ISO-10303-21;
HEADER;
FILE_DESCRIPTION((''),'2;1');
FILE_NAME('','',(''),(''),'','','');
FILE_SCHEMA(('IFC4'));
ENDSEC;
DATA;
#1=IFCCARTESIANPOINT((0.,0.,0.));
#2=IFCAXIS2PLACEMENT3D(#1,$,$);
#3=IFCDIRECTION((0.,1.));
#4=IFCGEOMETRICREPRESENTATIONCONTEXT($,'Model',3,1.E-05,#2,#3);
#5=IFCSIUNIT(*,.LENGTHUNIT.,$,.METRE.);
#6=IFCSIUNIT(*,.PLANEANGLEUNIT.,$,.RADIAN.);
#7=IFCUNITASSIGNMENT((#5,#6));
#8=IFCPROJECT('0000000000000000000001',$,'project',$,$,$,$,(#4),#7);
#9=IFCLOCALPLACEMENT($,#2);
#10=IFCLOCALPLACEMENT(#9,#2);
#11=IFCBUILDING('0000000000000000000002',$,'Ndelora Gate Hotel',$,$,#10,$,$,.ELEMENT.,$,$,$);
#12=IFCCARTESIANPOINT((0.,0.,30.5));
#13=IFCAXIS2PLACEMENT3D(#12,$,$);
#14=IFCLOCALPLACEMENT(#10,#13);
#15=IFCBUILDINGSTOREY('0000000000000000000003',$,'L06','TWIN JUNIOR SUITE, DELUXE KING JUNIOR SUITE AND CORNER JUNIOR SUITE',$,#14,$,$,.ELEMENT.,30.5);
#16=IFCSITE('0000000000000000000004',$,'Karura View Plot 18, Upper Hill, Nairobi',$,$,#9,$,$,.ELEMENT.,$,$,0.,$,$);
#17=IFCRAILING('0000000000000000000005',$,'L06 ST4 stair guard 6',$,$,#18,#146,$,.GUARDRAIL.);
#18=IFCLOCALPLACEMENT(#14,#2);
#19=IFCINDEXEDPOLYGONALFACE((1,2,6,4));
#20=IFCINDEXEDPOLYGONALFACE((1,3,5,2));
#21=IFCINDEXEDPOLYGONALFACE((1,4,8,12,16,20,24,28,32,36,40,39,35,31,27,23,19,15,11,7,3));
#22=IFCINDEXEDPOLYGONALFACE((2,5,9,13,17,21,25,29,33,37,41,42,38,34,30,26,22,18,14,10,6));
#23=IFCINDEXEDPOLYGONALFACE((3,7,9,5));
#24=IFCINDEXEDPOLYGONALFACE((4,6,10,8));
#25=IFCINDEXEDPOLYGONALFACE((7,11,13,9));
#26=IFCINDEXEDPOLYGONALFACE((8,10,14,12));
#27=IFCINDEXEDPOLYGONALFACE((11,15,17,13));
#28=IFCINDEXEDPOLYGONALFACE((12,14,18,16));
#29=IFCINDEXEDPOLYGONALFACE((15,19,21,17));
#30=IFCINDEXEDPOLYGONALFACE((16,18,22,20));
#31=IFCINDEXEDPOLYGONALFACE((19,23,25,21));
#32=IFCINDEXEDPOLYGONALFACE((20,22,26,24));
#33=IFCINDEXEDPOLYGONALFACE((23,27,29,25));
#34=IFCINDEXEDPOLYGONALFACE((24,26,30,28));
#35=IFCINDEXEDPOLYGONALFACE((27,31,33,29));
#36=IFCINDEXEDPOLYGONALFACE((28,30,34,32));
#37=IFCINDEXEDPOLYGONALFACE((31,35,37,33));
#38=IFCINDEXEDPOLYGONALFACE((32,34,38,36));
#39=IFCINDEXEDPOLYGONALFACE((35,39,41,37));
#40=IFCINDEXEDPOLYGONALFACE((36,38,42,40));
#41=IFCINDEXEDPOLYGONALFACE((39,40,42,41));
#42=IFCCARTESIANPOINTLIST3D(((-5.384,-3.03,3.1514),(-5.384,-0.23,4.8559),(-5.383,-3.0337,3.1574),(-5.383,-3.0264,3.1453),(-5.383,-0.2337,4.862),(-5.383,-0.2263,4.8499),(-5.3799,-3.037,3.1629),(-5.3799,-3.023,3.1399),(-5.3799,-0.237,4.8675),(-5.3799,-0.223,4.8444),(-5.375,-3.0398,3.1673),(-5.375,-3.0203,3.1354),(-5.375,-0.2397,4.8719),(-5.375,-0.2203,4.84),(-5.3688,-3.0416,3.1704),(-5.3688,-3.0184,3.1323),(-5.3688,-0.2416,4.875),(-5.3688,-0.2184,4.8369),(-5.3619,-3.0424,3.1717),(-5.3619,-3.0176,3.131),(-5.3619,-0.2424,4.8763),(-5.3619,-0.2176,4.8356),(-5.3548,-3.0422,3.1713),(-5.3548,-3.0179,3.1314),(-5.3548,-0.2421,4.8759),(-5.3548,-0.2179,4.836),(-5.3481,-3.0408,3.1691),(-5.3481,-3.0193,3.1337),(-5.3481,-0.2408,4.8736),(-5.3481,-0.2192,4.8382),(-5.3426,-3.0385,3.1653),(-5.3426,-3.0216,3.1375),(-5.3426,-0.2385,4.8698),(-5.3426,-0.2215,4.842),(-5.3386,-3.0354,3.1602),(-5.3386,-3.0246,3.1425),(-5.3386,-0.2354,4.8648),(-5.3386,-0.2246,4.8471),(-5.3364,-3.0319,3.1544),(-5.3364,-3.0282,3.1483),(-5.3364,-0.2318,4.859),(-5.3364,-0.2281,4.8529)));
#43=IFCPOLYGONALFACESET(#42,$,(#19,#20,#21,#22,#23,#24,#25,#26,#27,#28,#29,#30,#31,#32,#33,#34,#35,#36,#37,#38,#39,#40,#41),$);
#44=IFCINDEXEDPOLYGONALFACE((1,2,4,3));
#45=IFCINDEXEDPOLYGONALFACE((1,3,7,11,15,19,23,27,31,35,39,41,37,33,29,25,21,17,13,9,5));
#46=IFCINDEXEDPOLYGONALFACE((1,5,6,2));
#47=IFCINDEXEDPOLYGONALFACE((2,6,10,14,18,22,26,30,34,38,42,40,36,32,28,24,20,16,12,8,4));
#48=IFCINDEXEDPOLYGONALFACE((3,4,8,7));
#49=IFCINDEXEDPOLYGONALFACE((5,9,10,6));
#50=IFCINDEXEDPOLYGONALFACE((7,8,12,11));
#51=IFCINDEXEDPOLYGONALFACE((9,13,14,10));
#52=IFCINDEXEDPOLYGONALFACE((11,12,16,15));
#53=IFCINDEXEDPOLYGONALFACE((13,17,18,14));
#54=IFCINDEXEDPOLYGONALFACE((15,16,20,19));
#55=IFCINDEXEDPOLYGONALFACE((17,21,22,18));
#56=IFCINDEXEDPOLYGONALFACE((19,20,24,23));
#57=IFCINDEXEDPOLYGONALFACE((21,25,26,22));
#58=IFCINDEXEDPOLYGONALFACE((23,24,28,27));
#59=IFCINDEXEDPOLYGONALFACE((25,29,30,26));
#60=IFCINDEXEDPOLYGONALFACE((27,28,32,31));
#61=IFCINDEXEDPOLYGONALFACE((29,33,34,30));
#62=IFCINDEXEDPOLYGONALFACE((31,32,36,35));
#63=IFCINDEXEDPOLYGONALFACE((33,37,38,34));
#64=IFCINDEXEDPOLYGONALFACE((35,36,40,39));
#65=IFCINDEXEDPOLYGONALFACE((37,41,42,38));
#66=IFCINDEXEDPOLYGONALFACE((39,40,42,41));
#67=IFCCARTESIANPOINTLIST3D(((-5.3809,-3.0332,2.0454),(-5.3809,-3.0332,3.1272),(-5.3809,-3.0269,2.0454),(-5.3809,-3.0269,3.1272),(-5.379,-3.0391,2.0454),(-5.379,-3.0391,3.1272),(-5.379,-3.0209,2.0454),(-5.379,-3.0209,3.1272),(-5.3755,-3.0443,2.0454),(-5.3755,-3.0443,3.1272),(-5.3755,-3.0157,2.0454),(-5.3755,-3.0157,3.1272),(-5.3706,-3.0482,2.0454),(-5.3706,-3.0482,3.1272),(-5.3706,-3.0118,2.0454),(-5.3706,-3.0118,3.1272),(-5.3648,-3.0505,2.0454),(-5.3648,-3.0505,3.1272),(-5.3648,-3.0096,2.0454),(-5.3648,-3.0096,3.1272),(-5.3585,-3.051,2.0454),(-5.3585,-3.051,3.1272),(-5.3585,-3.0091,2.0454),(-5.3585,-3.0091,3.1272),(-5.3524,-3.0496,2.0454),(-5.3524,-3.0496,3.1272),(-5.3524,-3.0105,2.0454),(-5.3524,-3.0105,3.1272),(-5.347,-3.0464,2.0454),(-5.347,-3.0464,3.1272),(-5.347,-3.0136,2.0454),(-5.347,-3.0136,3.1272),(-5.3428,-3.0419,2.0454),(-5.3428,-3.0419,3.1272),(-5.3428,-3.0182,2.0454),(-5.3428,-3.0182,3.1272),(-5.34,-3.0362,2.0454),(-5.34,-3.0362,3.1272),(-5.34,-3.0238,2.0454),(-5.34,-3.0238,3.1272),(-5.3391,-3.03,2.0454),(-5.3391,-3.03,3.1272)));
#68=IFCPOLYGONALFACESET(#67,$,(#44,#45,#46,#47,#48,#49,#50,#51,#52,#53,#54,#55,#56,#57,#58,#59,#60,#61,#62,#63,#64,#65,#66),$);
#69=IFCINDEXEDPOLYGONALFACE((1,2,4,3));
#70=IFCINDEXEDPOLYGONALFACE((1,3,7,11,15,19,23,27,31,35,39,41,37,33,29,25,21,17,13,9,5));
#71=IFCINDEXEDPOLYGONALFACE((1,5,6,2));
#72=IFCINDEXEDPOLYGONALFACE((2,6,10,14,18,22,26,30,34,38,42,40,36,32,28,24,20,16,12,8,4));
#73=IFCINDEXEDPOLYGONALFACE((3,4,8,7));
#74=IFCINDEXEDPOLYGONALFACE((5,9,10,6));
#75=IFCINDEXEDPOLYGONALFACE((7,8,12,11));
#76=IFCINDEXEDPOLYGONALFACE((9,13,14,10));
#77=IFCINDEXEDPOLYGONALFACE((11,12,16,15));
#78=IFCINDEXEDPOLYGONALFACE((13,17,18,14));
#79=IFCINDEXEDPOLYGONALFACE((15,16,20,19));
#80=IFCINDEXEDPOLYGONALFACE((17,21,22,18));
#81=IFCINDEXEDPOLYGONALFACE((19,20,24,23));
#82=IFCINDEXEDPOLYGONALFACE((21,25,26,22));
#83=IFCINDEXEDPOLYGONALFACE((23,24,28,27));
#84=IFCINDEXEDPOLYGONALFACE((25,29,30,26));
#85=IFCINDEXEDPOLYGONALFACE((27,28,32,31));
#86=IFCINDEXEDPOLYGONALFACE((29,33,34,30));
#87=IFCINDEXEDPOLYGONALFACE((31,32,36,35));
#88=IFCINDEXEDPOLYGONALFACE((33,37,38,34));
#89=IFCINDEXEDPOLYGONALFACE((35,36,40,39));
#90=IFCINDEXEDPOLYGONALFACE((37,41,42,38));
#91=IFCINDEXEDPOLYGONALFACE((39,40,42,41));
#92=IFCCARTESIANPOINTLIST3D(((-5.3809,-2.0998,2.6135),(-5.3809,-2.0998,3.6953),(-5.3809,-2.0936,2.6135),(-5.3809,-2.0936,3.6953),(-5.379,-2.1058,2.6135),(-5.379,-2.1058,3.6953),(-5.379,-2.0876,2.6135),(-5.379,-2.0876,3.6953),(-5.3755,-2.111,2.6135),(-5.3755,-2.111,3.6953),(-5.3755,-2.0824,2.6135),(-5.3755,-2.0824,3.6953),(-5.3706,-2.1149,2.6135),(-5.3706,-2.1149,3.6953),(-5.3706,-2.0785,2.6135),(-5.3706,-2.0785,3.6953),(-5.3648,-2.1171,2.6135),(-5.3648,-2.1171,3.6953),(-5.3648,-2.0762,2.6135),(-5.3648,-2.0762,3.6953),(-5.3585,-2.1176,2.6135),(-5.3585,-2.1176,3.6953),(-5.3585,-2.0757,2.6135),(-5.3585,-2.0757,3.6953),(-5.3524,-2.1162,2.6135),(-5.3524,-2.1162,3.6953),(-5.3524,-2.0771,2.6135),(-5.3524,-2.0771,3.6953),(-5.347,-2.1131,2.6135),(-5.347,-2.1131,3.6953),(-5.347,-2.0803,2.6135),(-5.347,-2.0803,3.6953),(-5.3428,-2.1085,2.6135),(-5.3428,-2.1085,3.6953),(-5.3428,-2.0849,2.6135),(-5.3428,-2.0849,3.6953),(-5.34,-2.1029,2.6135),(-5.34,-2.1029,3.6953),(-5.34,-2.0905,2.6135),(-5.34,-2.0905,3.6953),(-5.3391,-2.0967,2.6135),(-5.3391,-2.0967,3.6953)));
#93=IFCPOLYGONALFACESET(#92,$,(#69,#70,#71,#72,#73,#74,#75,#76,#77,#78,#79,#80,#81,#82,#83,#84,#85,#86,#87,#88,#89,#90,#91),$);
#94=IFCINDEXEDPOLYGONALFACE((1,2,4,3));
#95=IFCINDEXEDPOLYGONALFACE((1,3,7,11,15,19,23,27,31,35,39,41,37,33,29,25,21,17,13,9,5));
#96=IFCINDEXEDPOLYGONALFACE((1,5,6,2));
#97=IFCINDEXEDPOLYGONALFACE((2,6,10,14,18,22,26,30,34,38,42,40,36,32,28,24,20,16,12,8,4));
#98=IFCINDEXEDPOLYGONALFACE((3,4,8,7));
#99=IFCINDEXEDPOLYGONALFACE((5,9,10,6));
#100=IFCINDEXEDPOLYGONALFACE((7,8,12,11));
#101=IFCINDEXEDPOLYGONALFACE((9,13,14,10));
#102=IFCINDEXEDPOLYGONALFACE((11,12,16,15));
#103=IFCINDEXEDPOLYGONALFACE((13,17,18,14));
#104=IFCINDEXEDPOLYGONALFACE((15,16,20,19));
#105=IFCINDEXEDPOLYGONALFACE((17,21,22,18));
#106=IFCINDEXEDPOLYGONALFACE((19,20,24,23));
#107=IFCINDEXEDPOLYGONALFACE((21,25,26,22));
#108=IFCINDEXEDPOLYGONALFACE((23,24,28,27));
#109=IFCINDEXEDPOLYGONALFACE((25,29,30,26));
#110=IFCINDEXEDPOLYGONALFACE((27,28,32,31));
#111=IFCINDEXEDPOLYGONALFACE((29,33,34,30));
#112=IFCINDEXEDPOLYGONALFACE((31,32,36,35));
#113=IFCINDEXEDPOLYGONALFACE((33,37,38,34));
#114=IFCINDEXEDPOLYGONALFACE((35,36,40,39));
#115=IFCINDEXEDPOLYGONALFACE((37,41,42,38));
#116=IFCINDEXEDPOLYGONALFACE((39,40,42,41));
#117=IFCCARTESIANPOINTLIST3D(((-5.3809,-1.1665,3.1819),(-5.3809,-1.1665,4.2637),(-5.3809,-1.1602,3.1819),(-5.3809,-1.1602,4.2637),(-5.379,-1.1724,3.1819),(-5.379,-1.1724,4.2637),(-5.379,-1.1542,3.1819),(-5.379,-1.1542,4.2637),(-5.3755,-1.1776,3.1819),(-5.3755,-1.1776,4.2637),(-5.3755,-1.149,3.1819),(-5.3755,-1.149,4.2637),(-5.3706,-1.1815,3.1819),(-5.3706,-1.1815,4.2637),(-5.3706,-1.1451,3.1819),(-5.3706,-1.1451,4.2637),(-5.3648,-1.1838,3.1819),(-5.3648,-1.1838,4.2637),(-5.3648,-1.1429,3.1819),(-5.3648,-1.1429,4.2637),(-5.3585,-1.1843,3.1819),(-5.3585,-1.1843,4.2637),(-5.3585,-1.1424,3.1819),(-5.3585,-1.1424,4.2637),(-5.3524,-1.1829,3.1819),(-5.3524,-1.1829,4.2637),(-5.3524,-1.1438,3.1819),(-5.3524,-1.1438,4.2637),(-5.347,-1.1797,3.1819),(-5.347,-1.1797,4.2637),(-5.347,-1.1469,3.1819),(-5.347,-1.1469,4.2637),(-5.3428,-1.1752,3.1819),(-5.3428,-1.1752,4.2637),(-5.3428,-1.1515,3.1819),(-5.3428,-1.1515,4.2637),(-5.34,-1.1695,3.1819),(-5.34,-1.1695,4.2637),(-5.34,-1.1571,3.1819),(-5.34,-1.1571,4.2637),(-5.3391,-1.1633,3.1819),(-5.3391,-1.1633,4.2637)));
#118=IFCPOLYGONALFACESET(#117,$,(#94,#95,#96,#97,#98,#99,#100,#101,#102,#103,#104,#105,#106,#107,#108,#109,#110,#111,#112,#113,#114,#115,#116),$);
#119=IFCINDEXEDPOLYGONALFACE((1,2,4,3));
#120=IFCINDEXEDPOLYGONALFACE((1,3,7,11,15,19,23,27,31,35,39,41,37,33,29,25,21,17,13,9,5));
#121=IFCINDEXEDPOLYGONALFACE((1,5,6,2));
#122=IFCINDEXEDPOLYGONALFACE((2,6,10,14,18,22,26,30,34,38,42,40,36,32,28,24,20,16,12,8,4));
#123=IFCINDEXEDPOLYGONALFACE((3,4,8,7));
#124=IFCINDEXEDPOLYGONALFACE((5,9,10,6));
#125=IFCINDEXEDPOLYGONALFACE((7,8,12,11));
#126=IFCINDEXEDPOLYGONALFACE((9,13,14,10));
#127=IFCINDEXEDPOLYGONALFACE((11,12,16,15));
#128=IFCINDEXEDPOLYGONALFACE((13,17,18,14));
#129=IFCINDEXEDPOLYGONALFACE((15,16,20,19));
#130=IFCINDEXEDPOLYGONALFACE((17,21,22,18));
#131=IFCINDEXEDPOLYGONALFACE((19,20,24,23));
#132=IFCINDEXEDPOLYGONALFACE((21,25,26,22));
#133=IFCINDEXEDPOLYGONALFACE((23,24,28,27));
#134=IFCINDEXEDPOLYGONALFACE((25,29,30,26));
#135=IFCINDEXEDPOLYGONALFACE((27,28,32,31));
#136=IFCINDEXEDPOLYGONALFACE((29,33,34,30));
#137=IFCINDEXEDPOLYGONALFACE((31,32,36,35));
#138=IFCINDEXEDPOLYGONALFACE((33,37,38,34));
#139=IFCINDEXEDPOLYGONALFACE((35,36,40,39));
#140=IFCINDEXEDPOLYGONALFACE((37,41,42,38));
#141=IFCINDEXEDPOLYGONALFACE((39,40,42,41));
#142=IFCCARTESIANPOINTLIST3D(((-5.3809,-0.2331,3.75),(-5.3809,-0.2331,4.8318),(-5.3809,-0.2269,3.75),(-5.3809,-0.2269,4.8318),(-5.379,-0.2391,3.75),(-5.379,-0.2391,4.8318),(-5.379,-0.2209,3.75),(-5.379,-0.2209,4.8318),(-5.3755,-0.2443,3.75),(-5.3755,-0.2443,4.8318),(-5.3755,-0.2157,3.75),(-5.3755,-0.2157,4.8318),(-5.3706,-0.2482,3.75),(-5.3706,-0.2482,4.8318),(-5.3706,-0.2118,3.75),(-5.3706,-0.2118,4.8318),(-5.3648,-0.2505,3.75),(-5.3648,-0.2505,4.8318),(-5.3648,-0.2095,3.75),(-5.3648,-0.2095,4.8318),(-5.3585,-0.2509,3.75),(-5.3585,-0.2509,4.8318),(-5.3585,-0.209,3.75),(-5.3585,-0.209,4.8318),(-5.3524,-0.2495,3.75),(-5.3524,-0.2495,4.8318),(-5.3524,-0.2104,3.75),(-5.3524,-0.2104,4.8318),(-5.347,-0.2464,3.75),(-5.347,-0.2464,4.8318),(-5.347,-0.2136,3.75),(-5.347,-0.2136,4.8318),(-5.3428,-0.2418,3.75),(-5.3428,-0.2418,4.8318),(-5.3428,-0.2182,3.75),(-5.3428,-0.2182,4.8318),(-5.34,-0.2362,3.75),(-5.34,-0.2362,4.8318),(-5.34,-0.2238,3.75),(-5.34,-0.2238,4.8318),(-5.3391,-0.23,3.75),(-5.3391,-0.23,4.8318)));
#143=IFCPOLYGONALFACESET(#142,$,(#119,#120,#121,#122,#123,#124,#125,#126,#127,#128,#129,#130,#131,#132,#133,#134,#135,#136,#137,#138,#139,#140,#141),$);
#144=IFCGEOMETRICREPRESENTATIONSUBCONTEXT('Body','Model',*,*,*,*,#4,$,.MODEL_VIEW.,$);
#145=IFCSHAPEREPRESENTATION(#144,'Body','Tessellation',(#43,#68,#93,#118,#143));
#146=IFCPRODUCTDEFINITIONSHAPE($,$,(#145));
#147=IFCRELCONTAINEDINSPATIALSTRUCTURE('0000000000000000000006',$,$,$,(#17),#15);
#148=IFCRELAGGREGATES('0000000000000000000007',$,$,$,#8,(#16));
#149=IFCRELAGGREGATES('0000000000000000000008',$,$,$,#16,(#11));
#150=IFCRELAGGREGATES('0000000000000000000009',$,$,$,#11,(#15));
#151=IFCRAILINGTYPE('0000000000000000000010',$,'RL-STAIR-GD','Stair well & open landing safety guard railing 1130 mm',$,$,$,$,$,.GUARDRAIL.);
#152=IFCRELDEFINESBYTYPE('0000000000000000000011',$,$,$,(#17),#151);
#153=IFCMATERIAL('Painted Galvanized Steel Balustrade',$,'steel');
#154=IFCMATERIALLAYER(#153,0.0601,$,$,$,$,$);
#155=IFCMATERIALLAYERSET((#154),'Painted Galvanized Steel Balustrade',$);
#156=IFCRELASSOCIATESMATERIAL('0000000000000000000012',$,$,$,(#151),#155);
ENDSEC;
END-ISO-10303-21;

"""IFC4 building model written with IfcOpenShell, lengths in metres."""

from ifc_helpers import new_model, si_unit, direction, frame, origin, origin_2d, place, context, subcontext, project, spatial, circle, extrude, material, layer, layer_set, type_object, element, save


model = new_model("IFC4")

# Units and contexts
model_context = context("Model", 3, precision=1e-05, world=origin(), true_north=direction((0.0, 1.0)))
body_context = subcontext(model_context, "Body", "Model", "MODEL_VIEW")
ifc_project = project(units=[si_unit("LENGTHUNIT", "METRE"), si_unit("PLANEANGLEUNIT", "RADIAN")], contexts=[model_context])

# Site, building, storey
site_placement = place(None, origin())
site = spatial("IfcSite", under=ifc_project, at=site_placement, Name="Karura View Plot 18, Upper Hill, Nairobi", CompositionType="ELEMENT", RefElevation=0.0)
building_placement = place(site_placement, origin())
building = spatial("IfcBuilding", under=site, at=building_placement, Name="Ndelora Gate Hotel", CompositionType="ELEMENT")
storey_placement = place(building_placement, frame((0.0, 0.0, 30.5)))
storey = spatial("IfcBuildingStorey", under=building, at=storey_placement, Name="L06", Description="TWIN JUNIOR SUITE, DELUXE KING JUNIOR SUITE AND CORNER JUNIOR SUITE", CompositionType="ELEMENT", Elevation=30.5)

# Railing
ifc_material_1 = material(Name="Painted Galvanized Steel Balustrade", Category="steel")
ifc_layer_1 = layer(ifc_material_1, 0.0601)
ifc_layer_set_1 = layer_set([ifc_layer_1], Name="Painted Galvanized Steel Balustrade")
railing_type_1 = type_object("IfcRailingType", Name="RL-STAIR-GD", Description="Stair well & open landing safety guard railing 1130 mm", PredefinedType="GUARDRAIL", material=ifc_layer_set_1)
railing_1_placement = place(storey_placement, frame((-5.3601, -3.03, 2.0454)))
element("IfcRailing", 1, at=railing_1_placement, inside=storey, type_object=railing_type_1, Name="L06 ST4 stair guard 6", PredefinedType="GUARDRAIL", context=body_context, shape_type="SweptSolid", body=[
    extrude(circle(Radius=0.0239, at=origin_2d()), frame((0.0, 0.0, 1.106), z_axis=(0.0, 0.85417, 0.519994), x_axis=(-1.0, 0.0, 0.0)), (0.0, 0.0, 1.0), 3.2781),
    extrude(circle(Radius=0.021, at=origin_2d()), origin(), (0.0, 0.0, 1.0), 1.0818),
    extrude(circle(Radius=0.021, at=origin_2d()), frame((0.0, 0.9333, 0.5681)), (0.0, 0.0, 1.0), 1.0818),
    extrude(circle(Radius=0.021, at=origin_2d()), frame((0.0, 1.8667, 1.1365)), (0.0, 0.0, 1.0), 1.0818),
    extrude(circle(Radius=0.021, at=origin_2d()), frame((0.0, 2.8, 1.7046)), (0.0, 0.0, 1.0), 1.0818),
])

save(model, "model.ifc")
